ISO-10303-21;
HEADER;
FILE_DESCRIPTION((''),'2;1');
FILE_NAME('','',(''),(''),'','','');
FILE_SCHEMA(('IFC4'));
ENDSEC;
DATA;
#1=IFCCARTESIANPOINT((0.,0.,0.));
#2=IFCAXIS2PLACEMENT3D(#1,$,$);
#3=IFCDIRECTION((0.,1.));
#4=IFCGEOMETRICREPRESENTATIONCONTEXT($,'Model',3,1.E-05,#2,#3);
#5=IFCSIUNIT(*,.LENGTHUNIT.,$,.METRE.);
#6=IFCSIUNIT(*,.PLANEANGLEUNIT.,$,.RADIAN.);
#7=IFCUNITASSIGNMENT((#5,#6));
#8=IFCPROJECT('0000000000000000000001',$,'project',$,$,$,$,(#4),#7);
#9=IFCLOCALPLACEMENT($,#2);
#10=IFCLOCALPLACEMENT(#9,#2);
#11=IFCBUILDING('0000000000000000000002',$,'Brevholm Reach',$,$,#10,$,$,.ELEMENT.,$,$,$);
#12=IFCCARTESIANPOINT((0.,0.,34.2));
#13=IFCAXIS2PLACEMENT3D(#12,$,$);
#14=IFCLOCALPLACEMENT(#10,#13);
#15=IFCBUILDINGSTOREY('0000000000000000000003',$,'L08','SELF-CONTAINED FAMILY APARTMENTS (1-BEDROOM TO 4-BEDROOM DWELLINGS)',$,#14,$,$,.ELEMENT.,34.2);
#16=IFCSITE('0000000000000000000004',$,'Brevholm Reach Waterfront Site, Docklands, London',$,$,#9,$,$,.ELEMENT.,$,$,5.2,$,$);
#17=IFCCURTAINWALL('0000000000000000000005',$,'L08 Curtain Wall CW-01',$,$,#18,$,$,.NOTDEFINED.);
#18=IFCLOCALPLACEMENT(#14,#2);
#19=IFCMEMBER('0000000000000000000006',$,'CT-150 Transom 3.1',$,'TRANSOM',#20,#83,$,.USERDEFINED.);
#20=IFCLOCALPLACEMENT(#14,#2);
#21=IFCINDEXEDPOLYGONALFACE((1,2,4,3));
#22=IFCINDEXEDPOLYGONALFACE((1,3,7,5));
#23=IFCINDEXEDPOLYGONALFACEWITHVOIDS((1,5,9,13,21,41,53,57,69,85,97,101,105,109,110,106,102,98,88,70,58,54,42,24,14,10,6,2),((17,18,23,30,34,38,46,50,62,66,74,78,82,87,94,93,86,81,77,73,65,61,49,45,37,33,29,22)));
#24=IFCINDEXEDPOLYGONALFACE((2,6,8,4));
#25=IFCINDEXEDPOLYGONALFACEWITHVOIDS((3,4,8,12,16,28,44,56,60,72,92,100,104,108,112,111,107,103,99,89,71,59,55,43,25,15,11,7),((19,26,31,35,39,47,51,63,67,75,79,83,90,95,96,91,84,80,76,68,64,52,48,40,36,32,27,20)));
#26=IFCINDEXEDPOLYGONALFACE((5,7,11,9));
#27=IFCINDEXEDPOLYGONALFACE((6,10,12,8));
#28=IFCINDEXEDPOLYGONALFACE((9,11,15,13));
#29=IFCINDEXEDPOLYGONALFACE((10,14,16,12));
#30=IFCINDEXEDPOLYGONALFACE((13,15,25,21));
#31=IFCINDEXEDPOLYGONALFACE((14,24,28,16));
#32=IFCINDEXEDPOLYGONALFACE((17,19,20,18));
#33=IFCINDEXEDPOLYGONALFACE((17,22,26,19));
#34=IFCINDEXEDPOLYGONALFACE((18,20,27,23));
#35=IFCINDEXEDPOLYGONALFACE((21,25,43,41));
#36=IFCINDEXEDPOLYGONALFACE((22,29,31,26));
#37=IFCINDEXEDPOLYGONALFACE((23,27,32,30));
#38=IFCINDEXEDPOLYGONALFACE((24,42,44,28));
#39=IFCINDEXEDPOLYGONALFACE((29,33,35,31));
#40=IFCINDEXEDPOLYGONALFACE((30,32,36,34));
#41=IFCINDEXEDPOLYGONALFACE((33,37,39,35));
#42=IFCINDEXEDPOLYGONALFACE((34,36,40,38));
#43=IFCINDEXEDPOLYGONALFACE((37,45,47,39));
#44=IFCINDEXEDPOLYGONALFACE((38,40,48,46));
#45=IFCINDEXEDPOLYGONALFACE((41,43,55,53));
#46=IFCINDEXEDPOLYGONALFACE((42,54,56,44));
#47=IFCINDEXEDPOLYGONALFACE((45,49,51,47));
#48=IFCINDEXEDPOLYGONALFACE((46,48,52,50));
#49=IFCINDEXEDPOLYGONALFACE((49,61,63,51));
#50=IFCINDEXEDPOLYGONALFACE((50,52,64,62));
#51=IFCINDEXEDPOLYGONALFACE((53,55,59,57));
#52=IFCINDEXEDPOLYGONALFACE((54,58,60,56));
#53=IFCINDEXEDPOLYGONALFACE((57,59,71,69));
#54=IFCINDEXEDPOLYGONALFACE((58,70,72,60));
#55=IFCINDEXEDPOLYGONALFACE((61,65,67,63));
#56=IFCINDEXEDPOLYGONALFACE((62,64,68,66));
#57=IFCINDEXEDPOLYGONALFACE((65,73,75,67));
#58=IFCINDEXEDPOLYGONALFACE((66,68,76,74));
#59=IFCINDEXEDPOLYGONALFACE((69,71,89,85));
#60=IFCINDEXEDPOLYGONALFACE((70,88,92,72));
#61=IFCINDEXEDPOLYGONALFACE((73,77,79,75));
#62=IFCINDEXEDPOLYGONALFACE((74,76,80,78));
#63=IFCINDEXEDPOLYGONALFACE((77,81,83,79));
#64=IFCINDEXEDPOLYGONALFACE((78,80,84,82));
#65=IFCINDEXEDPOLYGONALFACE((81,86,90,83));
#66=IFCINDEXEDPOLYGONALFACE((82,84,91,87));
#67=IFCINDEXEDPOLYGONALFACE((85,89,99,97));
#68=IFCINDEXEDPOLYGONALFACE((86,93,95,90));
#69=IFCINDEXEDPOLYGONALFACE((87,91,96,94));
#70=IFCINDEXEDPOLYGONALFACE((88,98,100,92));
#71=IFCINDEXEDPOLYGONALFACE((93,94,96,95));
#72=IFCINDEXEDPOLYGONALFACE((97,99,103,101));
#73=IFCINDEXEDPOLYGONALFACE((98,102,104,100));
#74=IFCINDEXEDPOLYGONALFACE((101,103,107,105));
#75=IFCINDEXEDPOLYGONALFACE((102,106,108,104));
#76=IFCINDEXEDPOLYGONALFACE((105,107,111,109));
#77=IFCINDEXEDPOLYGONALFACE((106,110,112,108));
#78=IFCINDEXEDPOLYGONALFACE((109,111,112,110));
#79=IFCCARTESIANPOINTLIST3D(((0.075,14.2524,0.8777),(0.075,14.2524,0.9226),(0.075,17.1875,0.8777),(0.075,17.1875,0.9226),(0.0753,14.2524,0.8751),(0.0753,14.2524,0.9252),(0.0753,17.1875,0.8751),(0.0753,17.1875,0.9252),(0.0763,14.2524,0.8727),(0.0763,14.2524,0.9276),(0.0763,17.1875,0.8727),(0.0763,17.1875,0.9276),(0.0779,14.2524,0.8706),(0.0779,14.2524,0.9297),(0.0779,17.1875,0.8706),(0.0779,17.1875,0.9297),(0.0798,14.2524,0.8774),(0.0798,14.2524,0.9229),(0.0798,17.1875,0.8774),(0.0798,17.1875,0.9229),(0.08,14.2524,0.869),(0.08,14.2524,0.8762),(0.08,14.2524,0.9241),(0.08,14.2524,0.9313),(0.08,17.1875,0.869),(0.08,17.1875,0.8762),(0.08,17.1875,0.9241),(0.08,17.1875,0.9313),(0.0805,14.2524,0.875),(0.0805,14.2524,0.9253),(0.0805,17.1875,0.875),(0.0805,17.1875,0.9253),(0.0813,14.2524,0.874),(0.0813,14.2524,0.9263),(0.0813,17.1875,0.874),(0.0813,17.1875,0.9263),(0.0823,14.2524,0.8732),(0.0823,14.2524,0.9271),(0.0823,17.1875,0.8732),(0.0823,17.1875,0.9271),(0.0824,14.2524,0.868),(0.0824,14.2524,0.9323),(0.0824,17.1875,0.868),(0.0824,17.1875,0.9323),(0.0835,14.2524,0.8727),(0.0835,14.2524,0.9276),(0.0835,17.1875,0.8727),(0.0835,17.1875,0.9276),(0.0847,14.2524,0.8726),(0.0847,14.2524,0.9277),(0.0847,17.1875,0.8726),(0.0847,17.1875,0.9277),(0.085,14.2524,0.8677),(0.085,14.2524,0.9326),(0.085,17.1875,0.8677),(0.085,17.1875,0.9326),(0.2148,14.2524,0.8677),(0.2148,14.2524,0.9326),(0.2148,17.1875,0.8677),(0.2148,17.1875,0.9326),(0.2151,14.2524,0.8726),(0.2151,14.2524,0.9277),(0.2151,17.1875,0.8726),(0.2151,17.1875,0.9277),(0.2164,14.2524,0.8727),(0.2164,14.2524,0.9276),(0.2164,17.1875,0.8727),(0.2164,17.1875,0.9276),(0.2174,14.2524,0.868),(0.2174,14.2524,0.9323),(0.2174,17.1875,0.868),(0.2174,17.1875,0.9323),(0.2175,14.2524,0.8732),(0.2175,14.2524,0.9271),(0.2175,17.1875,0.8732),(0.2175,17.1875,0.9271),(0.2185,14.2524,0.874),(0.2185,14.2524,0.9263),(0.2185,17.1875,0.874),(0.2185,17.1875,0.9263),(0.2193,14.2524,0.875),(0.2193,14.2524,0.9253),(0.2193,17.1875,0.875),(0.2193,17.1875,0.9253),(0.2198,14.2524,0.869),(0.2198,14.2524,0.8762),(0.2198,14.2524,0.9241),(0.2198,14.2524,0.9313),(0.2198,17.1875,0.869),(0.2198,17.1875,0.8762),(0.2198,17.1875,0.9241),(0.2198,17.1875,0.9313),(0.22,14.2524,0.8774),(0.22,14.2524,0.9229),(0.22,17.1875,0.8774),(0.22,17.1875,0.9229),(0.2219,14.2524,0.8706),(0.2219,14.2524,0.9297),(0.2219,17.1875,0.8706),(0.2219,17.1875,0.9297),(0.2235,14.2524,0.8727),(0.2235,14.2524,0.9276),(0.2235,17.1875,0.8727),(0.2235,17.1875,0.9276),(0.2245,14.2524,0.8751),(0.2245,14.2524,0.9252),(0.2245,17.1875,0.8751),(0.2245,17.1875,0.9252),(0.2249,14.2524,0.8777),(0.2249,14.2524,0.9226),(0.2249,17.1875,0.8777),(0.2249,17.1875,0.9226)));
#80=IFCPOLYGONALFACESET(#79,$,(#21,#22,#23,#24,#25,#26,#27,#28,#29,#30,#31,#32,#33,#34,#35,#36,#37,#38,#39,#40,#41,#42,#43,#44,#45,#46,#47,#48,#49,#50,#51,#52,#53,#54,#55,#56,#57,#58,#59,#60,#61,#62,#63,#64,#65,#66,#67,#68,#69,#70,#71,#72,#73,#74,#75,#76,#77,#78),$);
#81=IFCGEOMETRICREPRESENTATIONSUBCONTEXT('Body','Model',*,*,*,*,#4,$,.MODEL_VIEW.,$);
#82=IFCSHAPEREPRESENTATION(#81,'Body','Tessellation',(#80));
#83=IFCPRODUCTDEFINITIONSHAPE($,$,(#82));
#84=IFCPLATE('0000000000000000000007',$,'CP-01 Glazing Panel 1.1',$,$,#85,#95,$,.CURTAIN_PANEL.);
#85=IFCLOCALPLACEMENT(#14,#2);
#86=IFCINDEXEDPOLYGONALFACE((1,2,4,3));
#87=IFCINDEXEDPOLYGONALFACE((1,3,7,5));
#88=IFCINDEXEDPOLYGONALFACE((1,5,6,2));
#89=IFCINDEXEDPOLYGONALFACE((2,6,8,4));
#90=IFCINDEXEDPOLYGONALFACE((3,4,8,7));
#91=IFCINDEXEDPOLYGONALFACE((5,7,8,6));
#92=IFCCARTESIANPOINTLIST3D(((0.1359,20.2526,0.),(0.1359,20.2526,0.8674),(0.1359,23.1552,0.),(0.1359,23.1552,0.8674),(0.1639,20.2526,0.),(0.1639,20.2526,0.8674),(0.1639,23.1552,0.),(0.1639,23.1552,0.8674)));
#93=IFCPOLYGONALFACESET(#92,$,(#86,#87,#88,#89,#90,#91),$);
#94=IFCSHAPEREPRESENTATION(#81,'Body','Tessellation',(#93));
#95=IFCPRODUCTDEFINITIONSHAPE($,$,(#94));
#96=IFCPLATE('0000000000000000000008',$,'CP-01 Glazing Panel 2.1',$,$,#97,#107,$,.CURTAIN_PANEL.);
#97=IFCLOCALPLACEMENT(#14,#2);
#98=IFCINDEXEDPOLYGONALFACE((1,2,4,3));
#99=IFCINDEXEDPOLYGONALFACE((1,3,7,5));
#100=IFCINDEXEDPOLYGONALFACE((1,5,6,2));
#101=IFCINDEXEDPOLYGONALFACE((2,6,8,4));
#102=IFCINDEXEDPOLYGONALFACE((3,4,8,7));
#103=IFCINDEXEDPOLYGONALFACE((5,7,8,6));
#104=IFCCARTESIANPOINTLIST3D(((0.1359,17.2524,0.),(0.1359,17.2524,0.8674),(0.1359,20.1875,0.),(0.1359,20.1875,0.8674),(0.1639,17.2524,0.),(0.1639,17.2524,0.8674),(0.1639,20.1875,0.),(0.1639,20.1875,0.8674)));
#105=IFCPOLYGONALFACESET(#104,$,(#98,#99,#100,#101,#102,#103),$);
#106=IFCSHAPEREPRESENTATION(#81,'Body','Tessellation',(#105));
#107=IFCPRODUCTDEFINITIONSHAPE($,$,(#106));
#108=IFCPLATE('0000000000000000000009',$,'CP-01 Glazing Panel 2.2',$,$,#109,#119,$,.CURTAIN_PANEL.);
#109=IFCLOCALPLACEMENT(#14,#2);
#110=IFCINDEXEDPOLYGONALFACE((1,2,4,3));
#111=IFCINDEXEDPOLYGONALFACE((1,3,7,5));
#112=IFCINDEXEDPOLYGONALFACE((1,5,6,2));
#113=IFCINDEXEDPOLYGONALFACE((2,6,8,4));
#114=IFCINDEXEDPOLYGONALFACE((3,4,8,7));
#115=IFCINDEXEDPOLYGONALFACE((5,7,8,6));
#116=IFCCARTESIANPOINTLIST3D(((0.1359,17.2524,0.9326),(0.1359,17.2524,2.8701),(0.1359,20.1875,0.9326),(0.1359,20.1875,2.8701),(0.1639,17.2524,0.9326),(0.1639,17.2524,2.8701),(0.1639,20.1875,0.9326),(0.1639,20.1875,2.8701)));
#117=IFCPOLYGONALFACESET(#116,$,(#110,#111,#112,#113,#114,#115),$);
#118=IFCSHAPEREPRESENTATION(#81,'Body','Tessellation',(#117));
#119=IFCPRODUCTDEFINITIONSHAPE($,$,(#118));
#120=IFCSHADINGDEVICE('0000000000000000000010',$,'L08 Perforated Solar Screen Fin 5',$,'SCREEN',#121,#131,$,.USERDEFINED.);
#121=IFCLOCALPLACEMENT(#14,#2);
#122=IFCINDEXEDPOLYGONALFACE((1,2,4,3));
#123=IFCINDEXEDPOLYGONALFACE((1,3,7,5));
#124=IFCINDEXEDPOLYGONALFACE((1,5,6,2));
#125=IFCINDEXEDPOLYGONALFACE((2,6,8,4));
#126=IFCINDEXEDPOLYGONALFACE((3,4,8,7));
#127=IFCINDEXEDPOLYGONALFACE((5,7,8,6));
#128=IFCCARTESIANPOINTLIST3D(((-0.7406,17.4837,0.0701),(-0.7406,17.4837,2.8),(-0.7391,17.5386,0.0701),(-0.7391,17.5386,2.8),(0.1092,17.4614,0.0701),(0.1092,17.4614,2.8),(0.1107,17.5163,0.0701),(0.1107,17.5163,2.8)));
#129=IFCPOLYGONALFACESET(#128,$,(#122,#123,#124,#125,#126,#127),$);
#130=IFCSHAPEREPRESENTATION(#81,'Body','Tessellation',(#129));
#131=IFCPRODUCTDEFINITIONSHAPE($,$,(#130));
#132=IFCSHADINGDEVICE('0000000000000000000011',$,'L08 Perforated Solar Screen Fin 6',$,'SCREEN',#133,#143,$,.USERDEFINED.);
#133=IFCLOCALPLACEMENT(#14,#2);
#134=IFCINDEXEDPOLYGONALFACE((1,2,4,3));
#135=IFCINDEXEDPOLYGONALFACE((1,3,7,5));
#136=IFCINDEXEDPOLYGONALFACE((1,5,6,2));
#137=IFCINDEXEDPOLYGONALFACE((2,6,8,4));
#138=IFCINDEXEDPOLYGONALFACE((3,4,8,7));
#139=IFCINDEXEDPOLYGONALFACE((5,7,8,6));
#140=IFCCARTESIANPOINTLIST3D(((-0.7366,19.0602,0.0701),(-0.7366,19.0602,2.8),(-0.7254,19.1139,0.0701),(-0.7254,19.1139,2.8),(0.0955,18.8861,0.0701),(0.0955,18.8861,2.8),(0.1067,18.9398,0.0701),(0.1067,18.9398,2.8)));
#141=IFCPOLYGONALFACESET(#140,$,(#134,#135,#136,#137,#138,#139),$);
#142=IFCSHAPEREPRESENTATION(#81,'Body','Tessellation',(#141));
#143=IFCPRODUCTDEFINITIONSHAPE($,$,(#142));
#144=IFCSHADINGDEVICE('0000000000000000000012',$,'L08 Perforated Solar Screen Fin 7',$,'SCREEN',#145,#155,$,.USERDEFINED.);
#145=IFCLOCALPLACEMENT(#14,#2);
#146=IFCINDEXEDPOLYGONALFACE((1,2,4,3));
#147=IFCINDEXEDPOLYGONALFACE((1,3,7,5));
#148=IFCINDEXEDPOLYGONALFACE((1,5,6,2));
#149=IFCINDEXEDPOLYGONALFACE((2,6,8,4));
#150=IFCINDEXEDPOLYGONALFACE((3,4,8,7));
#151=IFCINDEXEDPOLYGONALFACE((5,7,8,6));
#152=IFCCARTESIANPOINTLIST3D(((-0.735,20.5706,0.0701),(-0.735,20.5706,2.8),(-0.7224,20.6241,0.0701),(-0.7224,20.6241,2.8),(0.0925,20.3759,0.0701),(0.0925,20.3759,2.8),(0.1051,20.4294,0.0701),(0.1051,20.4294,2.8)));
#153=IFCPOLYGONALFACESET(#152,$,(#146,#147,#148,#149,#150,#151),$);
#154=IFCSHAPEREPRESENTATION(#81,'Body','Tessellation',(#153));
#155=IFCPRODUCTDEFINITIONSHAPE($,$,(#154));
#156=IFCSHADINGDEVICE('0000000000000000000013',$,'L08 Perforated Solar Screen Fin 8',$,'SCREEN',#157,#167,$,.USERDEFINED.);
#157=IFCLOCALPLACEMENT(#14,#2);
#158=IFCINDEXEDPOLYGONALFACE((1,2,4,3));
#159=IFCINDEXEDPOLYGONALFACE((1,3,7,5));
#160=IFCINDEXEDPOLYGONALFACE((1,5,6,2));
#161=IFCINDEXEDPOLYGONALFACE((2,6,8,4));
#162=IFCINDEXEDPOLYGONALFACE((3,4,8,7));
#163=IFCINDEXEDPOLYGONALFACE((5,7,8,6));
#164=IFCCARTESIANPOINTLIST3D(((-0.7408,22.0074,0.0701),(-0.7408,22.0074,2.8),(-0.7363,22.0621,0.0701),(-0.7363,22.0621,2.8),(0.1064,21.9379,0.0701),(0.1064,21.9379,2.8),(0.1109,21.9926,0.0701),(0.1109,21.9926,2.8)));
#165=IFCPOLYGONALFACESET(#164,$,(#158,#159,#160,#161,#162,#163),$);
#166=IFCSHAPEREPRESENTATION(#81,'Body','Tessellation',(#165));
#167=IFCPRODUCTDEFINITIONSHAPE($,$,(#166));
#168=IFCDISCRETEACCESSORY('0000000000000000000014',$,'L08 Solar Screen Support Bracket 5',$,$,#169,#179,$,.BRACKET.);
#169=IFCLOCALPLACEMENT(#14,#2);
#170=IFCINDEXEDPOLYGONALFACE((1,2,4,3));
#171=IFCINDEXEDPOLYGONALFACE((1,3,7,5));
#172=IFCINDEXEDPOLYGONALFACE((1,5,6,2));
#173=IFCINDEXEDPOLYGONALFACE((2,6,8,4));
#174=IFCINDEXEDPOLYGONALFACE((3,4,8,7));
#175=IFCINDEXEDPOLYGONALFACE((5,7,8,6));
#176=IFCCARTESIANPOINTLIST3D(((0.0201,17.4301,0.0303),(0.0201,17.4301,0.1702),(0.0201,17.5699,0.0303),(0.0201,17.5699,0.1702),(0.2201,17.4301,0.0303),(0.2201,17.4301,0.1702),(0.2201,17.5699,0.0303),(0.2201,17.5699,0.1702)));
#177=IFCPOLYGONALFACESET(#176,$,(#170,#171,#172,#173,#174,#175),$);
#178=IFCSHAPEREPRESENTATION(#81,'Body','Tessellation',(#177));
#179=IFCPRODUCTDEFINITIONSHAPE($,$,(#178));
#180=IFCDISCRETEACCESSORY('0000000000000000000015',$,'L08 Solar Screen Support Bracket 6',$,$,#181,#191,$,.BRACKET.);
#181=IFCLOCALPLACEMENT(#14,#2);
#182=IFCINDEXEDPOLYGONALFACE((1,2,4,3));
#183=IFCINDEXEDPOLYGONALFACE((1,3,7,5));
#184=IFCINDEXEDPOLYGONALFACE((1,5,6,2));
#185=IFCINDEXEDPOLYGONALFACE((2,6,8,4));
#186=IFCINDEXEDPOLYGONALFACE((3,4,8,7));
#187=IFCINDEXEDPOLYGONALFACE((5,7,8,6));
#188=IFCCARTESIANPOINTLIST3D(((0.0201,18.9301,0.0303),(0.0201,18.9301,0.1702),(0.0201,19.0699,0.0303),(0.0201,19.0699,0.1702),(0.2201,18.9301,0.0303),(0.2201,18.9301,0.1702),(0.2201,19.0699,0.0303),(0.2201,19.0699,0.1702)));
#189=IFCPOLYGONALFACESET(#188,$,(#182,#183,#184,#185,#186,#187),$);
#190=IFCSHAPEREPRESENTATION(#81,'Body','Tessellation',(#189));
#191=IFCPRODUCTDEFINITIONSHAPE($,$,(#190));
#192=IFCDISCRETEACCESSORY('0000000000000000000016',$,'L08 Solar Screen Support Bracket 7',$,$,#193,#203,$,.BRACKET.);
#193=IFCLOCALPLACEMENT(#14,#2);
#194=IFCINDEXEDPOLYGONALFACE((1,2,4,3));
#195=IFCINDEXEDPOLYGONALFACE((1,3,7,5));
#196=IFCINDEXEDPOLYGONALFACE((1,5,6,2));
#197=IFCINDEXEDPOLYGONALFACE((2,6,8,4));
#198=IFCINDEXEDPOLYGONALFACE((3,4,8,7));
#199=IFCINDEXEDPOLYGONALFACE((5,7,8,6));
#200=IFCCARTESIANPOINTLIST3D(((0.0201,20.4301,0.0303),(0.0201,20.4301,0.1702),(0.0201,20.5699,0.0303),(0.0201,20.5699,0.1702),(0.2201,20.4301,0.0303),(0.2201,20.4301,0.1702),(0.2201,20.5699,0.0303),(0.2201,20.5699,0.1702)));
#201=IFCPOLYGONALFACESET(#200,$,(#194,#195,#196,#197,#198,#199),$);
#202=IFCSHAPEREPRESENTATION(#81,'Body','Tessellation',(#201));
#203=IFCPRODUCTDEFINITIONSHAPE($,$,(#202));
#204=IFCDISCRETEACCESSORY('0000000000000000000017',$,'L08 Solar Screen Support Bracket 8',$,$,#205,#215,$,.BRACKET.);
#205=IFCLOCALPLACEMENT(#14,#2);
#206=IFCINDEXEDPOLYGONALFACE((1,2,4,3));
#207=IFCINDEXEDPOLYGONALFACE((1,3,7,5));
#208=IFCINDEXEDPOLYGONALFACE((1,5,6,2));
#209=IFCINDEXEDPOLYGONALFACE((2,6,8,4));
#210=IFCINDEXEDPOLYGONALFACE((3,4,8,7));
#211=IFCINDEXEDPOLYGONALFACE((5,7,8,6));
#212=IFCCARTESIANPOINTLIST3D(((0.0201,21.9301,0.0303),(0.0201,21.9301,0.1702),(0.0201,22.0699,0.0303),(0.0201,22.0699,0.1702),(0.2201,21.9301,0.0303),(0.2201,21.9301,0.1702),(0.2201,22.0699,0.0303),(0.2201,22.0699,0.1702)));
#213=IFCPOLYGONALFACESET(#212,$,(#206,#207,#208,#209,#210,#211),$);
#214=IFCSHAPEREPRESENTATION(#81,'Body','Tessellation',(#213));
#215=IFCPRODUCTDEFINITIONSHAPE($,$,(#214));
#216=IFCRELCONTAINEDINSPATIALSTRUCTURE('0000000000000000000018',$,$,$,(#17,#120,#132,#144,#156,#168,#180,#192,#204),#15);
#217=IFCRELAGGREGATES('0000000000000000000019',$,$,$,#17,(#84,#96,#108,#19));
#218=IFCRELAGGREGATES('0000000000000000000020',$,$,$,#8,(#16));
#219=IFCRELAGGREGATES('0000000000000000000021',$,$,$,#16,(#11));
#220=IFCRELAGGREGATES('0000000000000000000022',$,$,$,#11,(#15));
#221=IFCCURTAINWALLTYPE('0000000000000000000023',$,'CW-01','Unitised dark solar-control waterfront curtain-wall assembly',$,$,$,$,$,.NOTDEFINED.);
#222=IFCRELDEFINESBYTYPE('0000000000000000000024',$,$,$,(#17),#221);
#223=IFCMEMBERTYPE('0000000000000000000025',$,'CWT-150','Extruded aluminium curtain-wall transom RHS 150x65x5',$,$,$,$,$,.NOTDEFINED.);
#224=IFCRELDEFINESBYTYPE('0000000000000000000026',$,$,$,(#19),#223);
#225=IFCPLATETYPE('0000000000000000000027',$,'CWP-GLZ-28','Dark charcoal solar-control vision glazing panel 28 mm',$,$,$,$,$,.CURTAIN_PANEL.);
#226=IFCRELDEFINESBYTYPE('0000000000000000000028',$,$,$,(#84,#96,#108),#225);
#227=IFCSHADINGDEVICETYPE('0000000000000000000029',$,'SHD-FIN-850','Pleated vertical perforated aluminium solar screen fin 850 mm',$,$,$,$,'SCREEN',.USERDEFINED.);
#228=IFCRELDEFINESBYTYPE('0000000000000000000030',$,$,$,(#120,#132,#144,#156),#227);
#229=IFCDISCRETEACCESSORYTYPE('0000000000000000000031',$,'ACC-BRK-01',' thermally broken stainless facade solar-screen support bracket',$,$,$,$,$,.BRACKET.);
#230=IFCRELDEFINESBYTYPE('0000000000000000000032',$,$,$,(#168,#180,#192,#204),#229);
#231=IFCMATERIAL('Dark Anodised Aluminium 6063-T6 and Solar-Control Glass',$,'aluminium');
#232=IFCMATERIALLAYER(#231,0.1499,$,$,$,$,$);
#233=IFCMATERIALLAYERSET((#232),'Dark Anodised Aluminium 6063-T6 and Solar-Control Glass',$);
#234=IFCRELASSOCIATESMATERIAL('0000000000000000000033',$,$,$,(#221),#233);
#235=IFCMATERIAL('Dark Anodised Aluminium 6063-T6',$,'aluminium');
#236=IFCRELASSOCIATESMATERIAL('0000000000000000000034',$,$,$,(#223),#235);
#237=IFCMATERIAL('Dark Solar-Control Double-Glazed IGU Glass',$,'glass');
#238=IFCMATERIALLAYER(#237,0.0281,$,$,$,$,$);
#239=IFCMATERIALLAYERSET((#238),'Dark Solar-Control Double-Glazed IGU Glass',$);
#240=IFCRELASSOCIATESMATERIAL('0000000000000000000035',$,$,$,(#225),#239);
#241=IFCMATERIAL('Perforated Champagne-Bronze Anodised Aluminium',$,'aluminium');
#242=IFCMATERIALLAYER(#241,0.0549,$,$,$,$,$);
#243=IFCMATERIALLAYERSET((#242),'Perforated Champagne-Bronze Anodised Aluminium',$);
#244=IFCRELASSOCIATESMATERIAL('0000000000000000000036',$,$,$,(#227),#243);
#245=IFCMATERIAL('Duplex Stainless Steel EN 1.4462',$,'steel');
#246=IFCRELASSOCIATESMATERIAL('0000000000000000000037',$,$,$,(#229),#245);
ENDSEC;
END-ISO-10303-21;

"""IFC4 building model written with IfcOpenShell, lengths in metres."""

from ifc_helpers import new_model, si_unit, direction, frame, origin, origin_2d, place, context, subcontext, project, spatial, rectangle, hollow_rectangle, extrude, material, layer, layer_set, material_profile, profile_set, type_object, element, aggregate, save


model = new_model("IFC4")

# Units and contexts
model_context = context("Model", 3, precision=1e-05, world=origin(), true_north=direction((0.0, 1.0)))
body_context = subcontext(model_context, "Body", "Model", "MODEL_VIEW")
ifc_project = project(units=[si_unit("LENGTHUNIT", "METRE"), si_unit("PLANEANGLEUNIT", "RADIAN")], contexts=[model_context])

# Site, building, storey
site_placement = place(None, origin())
site = spatial("IfcSite", under=ifc_project, at=site_placement, Name="Brevholm Reach Waterfront Site, Docklands, London", CompositionType="ELEMENT", RefElevation=5.2)
building_placement = place(site_placement, origin())
building = spatial("IfcBuilding", under=site, at=building_placement, Name="Brevholm Reach", CompositionType="ELEMENT")
storey_placement = place(building_placement, frame((0.0, 0.0, 34.2)))
storey = spatial("IfcBuildingStorey", under=building, at=storey_placement, Name="L08", Description="SELF-CONTAINED FAMILY APARTMENTS (1-BEDROOM TO 4-BEDROOM DWELLINGS)", CompositionType="ELEMENT", Elevation=34.2)

# Curtain wall, member, plates
ifc_material_1 = material(Name="Dark Anodised Aluminium 6063-T6 and Solar-Control Glass", Category="aluminium")
ifc_layer_1 = layer(ifc_material_1, 0.1499)
ifc_layer_set_1 = layer_set([ifc_layer_1], Name="Dark Anodised Aluminium 6063-T6 and Solar-Control Glass")
curtain_wall_type = type_object("IfcCurtainWallType", Name="CW-01", Description="Unitised dark solar-control waterfront curtain-wall assembly", PredefinedType="NOTDEFINED", material=ifc_layer_set_1)
curtain_wall_placement = place(storey_placement, origin())
curtain_wall = element("IfcCurtainWall", 1, at=curtain_wall_placement, inside=storey, type_object=curtain_wall_type, Name="L08 Curtain Wall CW-01", PredefinedType="NOTDEFINED")
ifc_material_2 = material(Name="Dark Anodised Aluminium 6063-T6", Category="aluminium")
ifc_material_profile_1 = material_profile(ifc_material_2, hollow_rectangle(XDim=0.0649, YDim=0.1499, WallThickness=0.0049, InnerFilletRadius=0.0049, OuterFilletRadius=0.01, at=origin_2d()), Name="RHS 150x65x5")
ifc_profile_set_1 = profile_set([ifc_material_profile_1], Name="Dark Anodised Aluminium 6063-T6")
member_type_1 = type_object("IfcMemberType", Name="CWT-150", Description="Extruded aluminium curtain-wall transom RHS 150x65x5", PredefinedType="NOTDEFINED", material=ifc_profile_set_1)
member_1_placement = place(storey_placement, frame((0.1499, 17.1875, 0.9001), z_axis=(0.0, -1.0, 0.0), x_axis=(0.0, 0.0, 1.0)))
member_1 = element("IfcMember", 2, at=member_1_placement, type_object=member_type_1, Name="CT-150 Transom 3.1", ObjectType="TRANSOM", PredefinedType="USERDEFINED", context=body_context, shape_type="SweptSolid", body=[
    extrude(hollow_rectangle(XDim=0.0649, YDim=0.1499, WallThickness=0.0049, InnerFilletRadius=0.0049, OuterFilletRadius=0.01, at=origin_2d()), origin(), (0.0, 0.0, 1.0), 2.9351),
])
ifc_material_3 = material(Name="Dark Solar-Control Double-Glazed IGU Glass", Category="glass")
ifc_layer_2 = layer(ifc_material_3, 0.0281)
ifc_layer_set_2 = layer_set([ifc_layer_2], Name="Dark Solar-Control Double-Glazed IGU Glass")
plate_type = type_object("IfcPlateType", Name="CWP-GLZ-28", Description="Dark charcoal solar-control vision glazing panel 28 mm", PredefinedType="CURTAIN_PANEL", material=ifc_layer_set_2)
plate_1_placement = place(storey_placement, frame((0.1499, 21.7039, 0.0), z_axis=(0.0, 0.0, 1.0), x_axis=(0.0, -1.0, 0.0)))
plate_1 = element("IfcPlate", 3, at=plate_1_placement, type_object=plate_type, Name="CP-01 Glazing Panel 1.1", PredefinedType="CURTAIN_PANEL", context=body_context, shape_type="SweptSolid", body=[
    extrude(rectangle(XDim=2.9026, YDim=0.0281, at=origin_2d()), origin(), (0.0, 0.0, 1.0), 0.8674),
])
plate_2_placement = place(storey_placement, frame((0.1499, 18.72, 0.0), z_axis=(0.0, 0.0, 1.0), x_axis=(0.0, -1.0, 0.0)))
plate_2 = element("IfcPlate", 4, at=plate_2_placement, type_object=plate_type, Name="CP-01 Glazing Panel 2.1", PredefinedType="CURTAIN_PANEL", context=body_context, shape_type="SweptSolid", body=[
    extrude(rectangle(XDim=2.9351, YDim=0.0281, at=origin_2d()), origin(), (0.0, 0.0, 1.0), 0.8674),
])
plate_3_placement = place(storey_placement, frame((0.1499, 18.72, 0.9326), z_axis=(0.0, 0.0, 1.0), x_axis=(0.0, -1.0, 0.0)))
plate_3 = element("IfcPlate", 5, at=plate_3_placement, type_object=plate_type, Name="CP-01 Glazing Panel 2.2", PredefinedType="CURTAIN_PANEL", context=body_context, shape_type="SweptSolid", body=[
    extrude(rectangle(XDim=2.9351, YDim=0.0281, at=origin_2d()), origin(), (0.0, 0.0, 1.0), 1.9375),
])
aggregate(curtain_wall, [plate_1, plate_2, plate_3, member_1])

# Shading devices
ifc_material_4 = material(Name="Perforated Champagne-Bronze Anodised Aluminium", Category="aluminium")
ifc_layer_3 = layer(ifc_material_4, 0.0549)
ifc_layer_set_3 = layer_set([ifc_layer_3], Name="Perforated Champagne-Bronze Anodised Aluminium")
shading_device_type = type_object("IfcShadingDeviceType", Name="SHD-FIN-850", Description="Pleated vertical perforated aluminium solar screen fin 850 mm", ElementType="SCREEN", PredefinedType="USERDEFINED", material=ifc_layer_set_3)
for number, where, z_axis, x_axis, name in (
    (6, (-0.3149, 17.5, 0.0701), (0.0, 0.0, 1.0), (-0.999658, 0.026142, 0.0), "L08 Perforated Solar Screen Fin 5"),
    (7, (-0.3149, 19.0, 0.0701), (0.0, 0.0, 1.0), (-0.978807, 0.204786, 0.0), "L08 Perforated Solar Screen Fin 6"),
    (8, (-0.3149, 20.5, 0.0701), (0.0, 0.0, 1.0), (-0.973431, 0.22898, 0.0), "L08 Perforated Solar Screen Fin 7"),
    (9, (-0.3149, 22.0, 0.0701), (0.0, 0.0, 1.0), (-0.996652, 0.081765, 0.0), "L08 Perforated Solar Screen Fin 8"),
):
    element("IfcShadingDevice", number, at=place(storey_placement, frame(where, z_axis=z_axis, x_axis=x_axis)), inside=storey, type_object=shading_device_type, Name=name, ObjectType="SCREEN", PredefinedType="USERDEFINED", context=body_context, shape_type="SweptSolid", body=[
        extrude(rectangle(XDim=0.8501, YDim=0.0549, at=origin_2d()), origin(), (0.0, 0.0, 1.0), 2.73),
    ])

# Discrete accessories
ifc_material_5 = material(Name="Duplex Stainless Steel EN 1.4462", Category="steel")
discrete_accessory_type = type_object("IfcDiscreteAccessoryType", Name="ACC-BRK-01", Description=" thermally broken stainless facade solar-screen support bracket", PredefinedType="BRACKET", material=ifc_material_5)
for number, where, z_axis, x_axis, name in (
    (10, (0.1201, 17.5, 0.0303), (0.0, 0.0, 1.0), (-1.0, 0.0, 0.0), "L08 Solar Screen Support Bracket 5"),
    (11, (0.1201, 19.0, 0.0303), (0.0, 0.0, 1.0), (-1.0, 0.0, 0.0), "L08 Solar Screen Support Bracket 6"),
    (12, (0.1201, 20.5, 0.0303), (0.0, 0.0, 1.0), (-1.0, 0.0, 0.0), "L08 Solar Screen Support Bracket 7"),
    (13, (0.1201, 22.0, 0.0303), (0.0, 0.0, 1.0), (-1.0, 0.0, 0.0), "L08 Solar Screen Support Bracket 8"),
):
    element("IfcDiscreteAccessory", number, at=place(storey_placement, frame(where, z_axis=z_axis, x_axis=x_axis)), inside=storey, type_object=discrete_accessory_type, Name=name, PredefinedType="BRACKET", context=body_context, shape_type="SweptSolid", body=[
        extrude(rectangle(XDim=0.2, YDim=0.1399, at=origin_2d()), origin(), (0.0, 0.0, 1.0), 0.1399),
    ])

save(model, "model.ifc")
